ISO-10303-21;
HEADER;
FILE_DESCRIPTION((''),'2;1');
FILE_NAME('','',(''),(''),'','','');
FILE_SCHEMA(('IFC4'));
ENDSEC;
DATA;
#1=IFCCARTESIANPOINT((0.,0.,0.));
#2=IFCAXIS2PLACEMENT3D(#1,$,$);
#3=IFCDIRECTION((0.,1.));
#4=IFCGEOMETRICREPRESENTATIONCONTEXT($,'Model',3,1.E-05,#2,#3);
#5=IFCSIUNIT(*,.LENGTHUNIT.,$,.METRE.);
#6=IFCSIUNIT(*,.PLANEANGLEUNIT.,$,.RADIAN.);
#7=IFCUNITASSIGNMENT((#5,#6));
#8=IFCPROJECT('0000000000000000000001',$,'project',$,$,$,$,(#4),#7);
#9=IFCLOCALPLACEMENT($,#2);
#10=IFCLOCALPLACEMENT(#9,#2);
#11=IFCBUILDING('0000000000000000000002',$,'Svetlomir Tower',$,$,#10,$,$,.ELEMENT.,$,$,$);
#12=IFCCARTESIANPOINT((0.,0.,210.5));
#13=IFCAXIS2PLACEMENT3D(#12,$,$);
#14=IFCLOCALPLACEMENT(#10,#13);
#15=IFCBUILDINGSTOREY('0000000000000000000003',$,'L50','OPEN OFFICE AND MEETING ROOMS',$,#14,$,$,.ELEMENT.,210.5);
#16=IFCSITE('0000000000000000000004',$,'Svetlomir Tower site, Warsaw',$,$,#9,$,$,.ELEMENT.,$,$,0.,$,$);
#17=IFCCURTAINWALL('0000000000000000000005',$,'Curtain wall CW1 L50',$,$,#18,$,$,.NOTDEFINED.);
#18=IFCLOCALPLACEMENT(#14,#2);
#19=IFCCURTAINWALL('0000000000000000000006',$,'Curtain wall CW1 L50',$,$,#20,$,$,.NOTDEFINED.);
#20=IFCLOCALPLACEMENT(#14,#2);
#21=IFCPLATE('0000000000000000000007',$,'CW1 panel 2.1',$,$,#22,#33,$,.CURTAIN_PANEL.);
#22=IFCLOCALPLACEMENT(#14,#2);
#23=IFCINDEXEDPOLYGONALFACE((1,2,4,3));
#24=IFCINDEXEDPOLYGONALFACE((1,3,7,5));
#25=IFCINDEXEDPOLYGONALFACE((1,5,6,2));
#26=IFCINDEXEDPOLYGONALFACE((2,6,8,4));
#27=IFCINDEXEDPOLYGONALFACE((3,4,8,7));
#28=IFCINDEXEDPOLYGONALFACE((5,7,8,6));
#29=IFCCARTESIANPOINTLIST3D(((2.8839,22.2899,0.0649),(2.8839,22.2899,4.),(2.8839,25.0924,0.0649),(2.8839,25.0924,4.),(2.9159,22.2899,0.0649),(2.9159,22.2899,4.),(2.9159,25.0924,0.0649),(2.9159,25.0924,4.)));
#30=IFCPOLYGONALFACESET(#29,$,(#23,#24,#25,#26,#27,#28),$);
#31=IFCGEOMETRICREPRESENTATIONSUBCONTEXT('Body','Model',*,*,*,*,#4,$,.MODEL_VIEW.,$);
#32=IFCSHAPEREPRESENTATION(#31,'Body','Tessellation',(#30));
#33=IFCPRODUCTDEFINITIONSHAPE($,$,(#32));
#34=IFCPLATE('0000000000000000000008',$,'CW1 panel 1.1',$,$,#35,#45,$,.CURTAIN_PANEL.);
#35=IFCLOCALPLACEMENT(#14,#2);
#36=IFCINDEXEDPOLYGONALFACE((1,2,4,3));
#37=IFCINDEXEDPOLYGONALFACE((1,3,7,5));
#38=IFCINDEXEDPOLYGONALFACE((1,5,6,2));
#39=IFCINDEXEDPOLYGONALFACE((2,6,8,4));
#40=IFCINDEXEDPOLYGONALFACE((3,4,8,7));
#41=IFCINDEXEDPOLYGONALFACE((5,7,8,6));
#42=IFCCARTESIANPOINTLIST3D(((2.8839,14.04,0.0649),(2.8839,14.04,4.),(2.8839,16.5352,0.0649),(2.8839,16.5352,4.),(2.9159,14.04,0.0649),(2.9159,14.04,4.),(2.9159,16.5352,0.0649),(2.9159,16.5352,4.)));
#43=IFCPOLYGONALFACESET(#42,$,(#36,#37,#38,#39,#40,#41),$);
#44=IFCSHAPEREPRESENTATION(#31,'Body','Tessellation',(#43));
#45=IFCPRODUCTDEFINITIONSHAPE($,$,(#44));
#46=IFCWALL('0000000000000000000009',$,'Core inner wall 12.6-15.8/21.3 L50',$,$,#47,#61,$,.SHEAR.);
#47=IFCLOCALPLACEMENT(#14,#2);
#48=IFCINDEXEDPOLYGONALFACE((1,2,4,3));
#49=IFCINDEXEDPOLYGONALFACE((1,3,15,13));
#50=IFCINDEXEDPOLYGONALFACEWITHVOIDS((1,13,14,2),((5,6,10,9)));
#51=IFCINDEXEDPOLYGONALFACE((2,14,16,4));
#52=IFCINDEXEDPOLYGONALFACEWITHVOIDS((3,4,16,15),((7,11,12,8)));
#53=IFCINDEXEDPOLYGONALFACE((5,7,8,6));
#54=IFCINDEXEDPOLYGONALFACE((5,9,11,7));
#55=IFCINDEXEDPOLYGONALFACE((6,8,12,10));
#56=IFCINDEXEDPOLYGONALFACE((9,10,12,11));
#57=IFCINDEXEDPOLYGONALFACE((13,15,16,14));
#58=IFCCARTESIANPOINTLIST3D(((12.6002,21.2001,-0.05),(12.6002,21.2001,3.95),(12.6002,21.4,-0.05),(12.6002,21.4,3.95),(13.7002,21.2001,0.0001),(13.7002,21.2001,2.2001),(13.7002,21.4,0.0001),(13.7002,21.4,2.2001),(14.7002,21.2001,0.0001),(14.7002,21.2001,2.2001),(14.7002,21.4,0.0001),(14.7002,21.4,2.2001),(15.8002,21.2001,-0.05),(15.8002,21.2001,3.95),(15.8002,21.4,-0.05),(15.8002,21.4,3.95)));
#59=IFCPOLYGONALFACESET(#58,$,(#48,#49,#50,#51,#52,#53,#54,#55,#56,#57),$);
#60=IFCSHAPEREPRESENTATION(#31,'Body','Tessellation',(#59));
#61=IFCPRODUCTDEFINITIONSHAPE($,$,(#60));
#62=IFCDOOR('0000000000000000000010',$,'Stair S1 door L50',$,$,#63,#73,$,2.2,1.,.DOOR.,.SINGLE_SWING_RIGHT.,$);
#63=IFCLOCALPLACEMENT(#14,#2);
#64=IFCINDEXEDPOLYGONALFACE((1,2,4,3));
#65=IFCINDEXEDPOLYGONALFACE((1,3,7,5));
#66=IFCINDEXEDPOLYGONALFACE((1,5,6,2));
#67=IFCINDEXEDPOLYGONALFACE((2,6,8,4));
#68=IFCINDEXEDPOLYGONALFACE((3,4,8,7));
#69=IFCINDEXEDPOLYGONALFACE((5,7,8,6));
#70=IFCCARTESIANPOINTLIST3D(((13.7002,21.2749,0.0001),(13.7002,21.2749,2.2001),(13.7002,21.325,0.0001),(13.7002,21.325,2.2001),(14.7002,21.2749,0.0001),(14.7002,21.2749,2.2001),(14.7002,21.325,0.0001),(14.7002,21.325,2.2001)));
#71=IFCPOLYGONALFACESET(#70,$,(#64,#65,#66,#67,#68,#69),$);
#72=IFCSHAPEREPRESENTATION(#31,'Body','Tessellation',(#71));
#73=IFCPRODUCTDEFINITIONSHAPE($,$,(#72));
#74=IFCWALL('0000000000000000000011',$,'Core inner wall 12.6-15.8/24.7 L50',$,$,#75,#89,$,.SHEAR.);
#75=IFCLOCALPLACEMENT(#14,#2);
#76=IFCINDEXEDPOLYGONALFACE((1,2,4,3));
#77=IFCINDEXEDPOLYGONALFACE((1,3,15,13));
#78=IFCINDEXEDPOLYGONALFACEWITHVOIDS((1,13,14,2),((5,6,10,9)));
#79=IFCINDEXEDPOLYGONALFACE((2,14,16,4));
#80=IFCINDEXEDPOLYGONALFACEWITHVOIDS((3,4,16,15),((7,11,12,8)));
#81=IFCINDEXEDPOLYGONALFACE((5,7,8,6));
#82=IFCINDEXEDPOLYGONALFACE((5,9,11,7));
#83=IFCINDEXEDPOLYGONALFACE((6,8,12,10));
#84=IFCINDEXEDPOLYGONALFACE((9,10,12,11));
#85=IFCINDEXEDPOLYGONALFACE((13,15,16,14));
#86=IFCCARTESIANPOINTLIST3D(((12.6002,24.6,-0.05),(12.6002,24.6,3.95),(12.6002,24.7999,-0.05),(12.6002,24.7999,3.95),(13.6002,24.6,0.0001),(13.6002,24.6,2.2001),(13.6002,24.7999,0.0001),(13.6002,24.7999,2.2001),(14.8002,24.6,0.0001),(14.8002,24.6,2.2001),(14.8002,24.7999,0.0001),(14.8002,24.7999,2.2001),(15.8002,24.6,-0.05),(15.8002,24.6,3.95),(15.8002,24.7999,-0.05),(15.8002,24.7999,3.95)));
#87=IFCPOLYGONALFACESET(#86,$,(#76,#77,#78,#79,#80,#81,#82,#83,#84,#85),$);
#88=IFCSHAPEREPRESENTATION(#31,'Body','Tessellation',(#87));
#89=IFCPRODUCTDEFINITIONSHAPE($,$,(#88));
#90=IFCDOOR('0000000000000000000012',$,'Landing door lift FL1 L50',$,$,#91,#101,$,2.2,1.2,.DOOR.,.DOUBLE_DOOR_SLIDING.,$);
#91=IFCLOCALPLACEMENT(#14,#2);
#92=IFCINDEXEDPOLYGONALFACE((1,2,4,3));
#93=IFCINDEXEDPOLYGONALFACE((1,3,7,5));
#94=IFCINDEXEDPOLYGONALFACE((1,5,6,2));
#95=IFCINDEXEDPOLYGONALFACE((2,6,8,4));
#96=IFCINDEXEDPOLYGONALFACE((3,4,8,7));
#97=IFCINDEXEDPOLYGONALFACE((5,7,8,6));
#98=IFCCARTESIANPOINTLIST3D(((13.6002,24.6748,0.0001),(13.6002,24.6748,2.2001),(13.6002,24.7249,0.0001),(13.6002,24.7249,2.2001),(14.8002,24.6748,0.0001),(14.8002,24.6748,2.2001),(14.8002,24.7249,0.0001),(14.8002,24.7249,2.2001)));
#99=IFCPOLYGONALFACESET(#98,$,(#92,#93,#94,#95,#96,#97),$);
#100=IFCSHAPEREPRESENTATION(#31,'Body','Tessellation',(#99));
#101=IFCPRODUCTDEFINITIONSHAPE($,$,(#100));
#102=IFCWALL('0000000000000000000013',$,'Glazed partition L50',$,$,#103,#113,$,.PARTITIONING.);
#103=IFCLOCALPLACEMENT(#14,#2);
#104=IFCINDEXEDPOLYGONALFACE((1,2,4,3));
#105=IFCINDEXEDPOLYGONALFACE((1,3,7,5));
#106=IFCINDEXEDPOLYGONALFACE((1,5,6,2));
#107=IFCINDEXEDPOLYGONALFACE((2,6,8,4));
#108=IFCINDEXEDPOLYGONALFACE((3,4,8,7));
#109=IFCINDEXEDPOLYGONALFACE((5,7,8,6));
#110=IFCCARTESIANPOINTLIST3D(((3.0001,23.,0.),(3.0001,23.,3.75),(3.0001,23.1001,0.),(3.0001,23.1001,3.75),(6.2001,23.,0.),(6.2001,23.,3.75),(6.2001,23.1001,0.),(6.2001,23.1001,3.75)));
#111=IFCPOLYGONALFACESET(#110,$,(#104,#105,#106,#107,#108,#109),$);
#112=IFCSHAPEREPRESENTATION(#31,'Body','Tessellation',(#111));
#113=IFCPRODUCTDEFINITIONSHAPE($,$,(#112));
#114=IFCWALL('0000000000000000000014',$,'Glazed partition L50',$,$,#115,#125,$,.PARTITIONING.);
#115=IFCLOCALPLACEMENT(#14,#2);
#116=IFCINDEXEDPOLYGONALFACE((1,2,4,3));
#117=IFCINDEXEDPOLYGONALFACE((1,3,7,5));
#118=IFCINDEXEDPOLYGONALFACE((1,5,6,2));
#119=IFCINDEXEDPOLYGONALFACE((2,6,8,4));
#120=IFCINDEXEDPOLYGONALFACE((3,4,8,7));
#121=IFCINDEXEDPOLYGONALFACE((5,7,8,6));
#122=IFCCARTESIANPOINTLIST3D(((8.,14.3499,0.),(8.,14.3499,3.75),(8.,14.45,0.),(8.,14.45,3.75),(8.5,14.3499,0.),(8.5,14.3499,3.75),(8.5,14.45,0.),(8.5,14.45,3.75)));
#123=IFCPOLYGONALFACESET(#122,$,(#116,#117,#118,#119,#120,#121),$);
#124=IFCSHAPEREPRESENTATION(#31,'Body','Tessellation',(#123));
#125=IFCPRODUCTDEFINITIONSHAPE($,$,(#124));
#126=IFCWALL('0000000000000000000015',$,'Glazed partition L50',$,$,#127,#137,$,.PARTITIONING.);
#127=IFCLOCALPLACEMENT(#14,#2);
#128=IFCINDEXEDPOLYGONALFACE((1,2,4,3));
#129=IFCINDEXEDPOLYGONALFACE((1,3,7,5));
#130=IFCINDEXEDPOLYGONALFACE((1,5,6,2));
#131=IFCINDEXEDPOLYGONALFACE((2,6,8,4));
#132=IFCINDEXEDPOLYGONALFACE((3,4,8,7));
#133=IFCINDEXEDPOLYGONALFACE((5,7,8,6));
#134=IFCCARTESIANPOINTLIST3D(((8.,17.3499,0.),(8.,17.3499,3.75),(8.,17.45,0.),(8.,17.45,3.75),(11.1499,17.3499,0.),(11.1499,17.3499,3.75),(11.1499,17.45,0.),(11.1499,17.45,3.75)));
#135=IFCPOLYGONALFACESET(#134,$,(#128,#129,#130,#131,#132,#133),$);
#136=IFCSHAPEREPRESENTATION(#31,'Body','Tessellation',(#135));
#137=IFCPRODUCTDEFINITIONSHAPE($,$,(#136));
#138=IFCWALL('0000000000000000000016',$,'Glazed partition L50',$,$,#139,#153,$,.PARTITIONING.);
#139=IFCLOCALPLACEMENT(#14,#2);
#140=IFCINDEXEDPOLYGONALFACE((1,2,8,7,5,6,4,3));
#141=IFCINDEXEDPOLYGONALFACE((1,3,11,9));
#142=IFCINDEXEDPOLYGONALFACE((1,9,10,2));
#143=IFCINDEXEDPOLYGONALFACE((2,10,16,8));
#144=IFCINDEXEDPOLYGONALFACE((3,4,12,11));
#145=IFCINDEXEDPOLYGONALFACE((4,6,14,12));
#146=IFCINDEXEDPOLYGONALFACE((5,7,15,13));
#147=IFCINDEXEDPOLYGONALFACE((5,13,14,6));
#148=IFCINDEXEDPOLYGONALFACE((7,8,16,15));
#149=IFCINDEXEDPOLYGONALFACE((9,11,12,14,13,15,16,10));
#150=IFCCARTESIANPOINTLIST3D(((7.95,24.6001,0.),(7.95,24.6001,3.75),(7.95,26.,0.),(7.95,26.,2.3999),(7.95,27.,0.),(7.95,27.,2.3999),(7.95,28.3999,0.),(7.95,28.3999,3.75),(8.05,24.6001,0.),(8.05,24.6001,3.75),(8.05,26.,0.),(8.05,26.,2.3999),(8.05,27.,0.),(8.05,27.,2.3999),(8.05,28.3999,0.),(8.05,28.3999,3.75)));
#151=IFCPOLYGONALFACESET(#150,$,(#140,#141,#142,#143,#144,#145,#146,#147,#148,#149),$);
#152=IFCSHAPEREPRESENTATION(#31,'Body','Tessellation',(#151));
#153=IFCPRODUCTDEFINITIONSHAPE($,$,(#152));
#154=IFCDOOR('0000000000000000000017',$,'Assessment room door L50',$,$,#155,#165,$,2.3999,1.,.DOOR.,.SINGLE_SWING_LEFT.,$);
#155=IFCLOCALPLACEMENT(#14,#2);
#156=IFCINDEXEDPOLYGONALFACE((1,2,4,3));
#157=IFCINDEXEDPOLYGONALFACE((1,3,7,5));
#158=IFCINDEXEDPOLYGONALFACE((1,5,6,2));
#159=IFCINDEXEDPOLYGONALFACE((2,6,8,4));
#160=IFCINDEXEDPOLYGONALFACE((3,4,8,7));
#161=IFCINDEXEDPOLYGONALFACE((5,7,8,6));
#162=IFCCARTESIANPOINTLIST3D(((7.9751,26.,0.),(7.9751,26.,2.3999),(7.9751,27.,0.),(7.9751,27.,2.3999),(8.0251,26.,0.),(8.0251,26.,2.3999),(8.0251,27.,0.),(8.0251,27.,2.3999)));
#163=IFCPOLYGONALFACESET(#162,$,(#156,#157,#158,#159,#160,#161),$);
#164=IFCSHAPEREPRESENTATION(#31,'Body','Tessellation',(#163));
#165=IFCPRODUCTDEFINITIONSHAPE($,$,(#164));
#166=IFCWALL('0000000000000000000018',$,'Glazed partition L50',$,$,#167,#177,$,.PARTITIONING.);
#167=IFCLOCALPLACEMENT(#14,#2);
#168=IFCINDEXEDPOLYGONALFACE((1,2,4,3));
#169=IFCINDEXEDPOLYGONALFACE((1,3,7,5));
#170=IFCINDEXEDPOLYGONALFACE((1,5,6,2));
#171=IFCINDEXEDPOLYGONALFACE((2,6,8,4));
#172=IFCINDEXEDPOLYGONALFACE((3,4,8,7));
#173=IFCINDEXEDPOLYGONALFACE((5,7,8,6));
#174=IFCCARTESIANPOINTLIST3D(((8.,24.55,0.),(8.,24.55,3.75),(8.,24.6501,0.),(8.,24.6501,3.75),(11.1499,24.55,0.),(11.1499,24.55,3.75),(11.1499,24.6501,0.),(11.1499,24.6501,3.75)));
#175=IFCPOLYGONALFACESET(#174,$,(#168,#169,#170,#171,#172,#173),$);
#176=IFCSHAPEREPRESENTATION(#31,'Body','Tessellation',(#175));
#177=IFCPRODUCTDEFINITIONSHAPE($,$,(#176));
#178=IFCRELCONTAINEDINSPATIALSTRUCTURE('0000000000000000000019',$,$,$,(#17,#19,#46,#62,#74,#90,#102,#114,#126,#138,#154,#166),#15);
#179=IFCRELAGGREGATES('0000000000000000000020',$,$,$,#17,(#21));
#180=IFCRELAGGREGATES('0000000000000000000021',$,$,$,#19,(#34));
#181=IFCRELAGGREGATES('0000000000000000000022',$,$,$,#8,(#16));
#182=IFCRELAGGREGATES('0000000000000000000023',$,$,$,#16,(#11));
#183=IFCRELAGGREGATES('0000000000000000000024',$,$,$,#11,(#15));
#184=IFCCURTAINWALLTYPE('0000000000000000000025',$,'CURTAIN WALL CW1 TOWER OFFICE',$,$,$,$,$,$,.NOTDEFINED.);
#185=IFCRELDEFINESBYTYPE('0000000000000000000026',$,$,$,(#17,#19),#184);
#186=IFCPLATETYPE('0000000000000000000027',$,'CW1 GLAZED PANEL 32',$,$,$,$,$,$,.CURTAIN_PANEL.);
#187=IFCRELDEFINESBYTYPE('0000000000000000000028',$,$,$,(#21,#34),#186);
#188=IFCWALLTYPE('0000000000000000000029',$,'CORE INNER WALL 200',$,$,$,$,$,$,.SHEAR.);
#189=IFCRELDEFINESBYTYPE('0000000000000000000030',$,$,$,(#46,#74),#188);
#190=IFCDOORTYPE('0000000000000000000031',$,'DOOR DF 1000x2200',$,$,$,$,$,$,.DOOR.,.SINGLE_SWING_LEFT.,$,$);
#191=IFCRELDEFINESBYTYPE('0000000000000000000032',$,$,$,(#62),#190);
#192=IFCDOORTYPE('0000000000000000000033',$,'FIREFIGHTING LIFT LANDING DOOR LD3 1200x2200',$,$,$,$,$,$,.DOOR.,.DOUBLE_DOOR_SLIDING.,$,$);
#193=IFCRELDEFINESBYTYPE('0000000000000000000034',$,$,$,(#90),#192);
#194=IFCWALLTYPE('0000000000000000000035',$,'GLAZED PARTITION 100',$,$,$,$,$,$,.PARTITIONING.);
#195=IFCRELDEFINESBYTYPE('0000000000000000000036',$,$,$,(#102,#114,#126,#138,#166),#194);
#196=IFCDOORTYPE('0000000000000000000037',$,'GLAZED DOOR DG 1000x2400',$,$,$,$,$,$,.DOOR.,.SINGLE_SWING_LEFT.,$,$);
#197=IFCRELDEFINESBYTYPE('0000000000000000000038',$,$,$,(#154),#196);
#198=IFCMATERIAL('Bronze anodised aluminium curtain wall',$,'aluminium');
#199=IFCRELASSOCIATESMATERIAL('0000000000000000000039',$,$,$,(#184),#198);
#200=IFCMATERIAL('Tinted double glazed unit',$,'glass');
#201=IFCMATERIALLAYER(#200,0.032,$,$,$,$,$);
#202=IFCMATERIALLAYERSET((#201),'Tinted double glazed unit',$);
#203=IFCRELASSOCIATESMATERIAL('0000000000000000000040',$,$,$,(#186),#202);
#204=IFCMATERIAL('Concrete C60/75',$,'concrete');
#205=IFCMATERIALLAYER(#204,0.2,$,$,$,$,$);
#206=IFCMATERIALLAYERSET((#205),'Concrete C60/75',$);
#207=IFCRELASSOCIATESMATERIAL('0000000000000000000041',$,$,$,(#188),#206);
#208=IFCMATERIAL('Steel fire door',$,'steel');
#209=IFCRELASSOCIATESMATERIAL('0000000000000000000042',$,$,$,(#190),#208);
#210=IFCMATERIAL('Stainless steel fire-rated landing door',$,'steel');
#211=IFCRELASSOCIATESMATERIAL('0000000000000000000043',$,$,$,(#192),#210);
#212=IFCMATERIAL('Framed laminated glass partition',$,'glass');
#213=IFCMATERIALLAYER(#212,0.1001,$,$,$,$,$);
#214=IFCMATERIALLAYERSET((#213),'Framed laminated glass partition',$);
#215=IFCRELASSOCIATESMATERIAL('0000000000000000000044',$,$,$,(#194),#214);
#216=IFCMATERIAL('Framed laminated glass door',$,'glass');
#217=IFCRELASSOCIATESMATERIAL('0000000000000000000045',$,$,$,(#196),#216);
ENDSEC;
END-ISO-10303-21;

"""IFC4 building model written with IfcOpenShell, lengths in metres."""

from ifc_helpers import new_model, si_unit, direction, frame, frame_2d, origin, origin_2d, place, context, subcontext, project, spatial, rectangle, extrude, material, layer, layer_set, type_object, element, fill, aggregate, save


model = new_model("IFC4")

# Units and contexts
model_context = context("Model", 3, precision=1e-05, world=origin(), true_north=direction((0.0, 1.0)))
body_context = subcontext(model_context, "Body", "Model", "MODEL_VIEW")
ifc_project = project(units=[si_unit("LENGTHUNIT", "METRE"), si_unit("PLANEANGLEUNIT", "RADIAN")], contexts=[model_context])

# Site, building, storey
site_placement = place(None, origin())
site = spatial("IfcSite", under=ifc_project, at=site_placement, Name="Svetlomir Tower site, Warsaw", CompositionType="ELEMENT", RefElevation=0.0)
building_placement = place(site_placement, origin())
building = spatial("IfcBuilding", under=site, at=building_placement, Name="Svetlomir Tower", CompositionType="ELEMENT")
storey_placement = place(building_placement, frame((0.0, 0.0, 210.5)))
storey = spatial("IfcBuildingStorey", under=building, at=storey_placement, Name="L50", Description="OPEN OFFICE AND MEETING ROOMS", CompositionType="ELEMENT", Elevation=210.5)

# Curtain walls
ifc_material_1 = material(Name="Bronze anodised aluminium curtain wall", Category="aluminium")
curtain_wall_type = type_object("IfcCurtainWallType", Name="CURTAIN WALL CW1 TOWER OFFICE", PredefinedType="NOTDEFINED", material=ifc_material_1)
curtain_wall_1_placement = place(storey_placement, origin())
curtain_wall_1 = element("IfcCurtainWall", 1, at=curtain_wall_1_placement, inside=storey, type_object=curtain_wall_type, Name="Curtain wall CW1 L50", PredefinedType="NOTDEFINED")
curtain_wall_2_placement = place(storey_placement, origin())
curtain_wall_2 = element("IfcCurtainWall", 2, at=curtain_wall_2_placement, inside=storey, type_object=curtain_wall_type, Name="Curtain wall CW1 L50", PredefinedType="NOTDEFINED")

# Plates
ifc_material_2 = material(Name="Tinted double glazed unit", Category="glass")
ifc_layer_1 = layer(ifc_material_2, 0.032)
ifc_layer_set_1 = layer_set([ifc_layer_1], Name="Tinted double glazed unit")
plate_type = type_object("IfcPlateType", Name="CW1 GLAZED PANEL 32", PredefinedType="CURTAIN_PANEL", material=ifc_layer_set_1)
plate_1_placement = place(storey_placement, frame((2.8999, 23.6912, 0.0649), z_axis=(0.0, 0.0, 1.0), x_axis=(0.0, -1.0, 0.0)))
plate_1 = element("IfcPlate", 3, at=plate_1_placement, type_object=plate_type, Name="CW1 panel 2.1", PredefinedType="CURTAIN_PANEL", context=body_context, shape_type="SweptSolid", body=[
    extrude(rectangle(XDim=2.8025, YDim=0.032, at=origin_2d()), origin(), (0.0, 0.0, 1.0), 3.9351),
])
aggregate(curtain_wall_1, [plate_1])
plate_2_placement = place(storey_placement, frame((2.8999, 15.2876, 0.0649), z_axis=(0.0, 0.0, 1.0), x_axis=(0.0, -1.0, 0.0)))
plate_2 = element("IfcPlate", 4, at=plate_2_placement, type_object=plate_type, Name="CW1 panel 1.1", PredefinedType="CURTAIN_PANEL", context=body_context, shape_type="SweptSolid", body=[
    extrude(rectangle(XDim=2.4951, YDim=0.032, at=origin_2d()), origin(), (0.0, 0.0, 1.0), 3.9351),
])
aggregate(curtain_wall_2, [plate_2])

# Walls, openings, doors
ifc_material_3 = material(Name="Concrete C60/75", Category="concrete")
ifc_layer_2 = layer(ifc_material_3, 0.2)
ifc_layer_set_2 = layer_set([ifc_layer_2], Name="Concrete C60/75")
wall_type_1 = type_object("IfcWallType", Name="CORE INNER WALL 200", PredefinedType="SHEAR", material=ifc_layer_set_2)
wall_1_placement = place(storey_placement, frame((12.6001, 21.3, -0.05), z_axis=(0.0, 0.0, 1.0), x_axis=(1.0, 0.0, 0.0)))
wall_1 = element("IfcWall", 5, at=wall_1_placement, inside=storey, type_object=wall_type_1, Name="Core inner wall 12.6-15.8/21.3 L50", PredefinedType="SHEAR", context=body_context, shape_type="SweptSolid", body=[
    extrude(rectangle(XDim=3.2, YDim=0.2, at=frame_2d((1.6001, 0.0))), origin(), (0.0, 0.0, 1.0), 4.0),
])
opening_1_placement = place(wall_1_placement, frame((1.1001, 0.0, 0.05)))
opening_1 = element("IfcOpeningElement", 6, at=opening_1_placement, cuts=wall_1, PredefinedType="OPENING", context=body_context, shape_type="SweptSolid", body=[
    extrude(rectangle(XDim=1.0, YDim=2.2, at=frame_2d((0.5, 1.1001))), frame((0.0, 0.1099, 0.0), z_axis=(0.0, -1.0, 0.0), x_axis=(1.0, 0.0, 0.0)), (0.0, 0.0, 1.0), 0.22),
])
ifc_material_4 = material(Name="Steel fire door", Category="steel")
door_type_1 = type_object("IfcDoorType", Name="DOOR DF 1000x2200", OperationType="SINGLE_SWING_LEFT", PredefinedType="DOOR", material=ifc_material_4)
door_1_placement = place(opening_1_placement, origin())
door_1 = element("IfcDoor", 7, at=door_1_placement, inside=storey, type_object=door_type_1, Name="Stair S1 door L50", OperationType="SINGLE_SWING_RIGHT", OverallHeight=2.2, OverallWidth=1.0, PredefinedType="DOOR", context=body_context, shape_type="SweptSolid", body=[
    extrude(rectangle(XDim=1.0, YDim=2.2, at=frame_2d((0.5, 1.1001))), frame((0.0, 0.0249, 0.0), z_axis=(0.0, -1.0, 0.0), x_axis=(1.0, 0.0, 0.0)), (0.0, 0.0, 1.0), 0.05),
])
fill(opening_1, door_1)
wall_2_placement = place(storey_placement, frame((12.6001, 24.7, -0.05), z_axis=(0.0, 0.0, 1.0), x_axis=(1.0, 0.0, 0.0)))
wall_2 = element("IfcWall", 8, at=wall_2_placement, inside=storey, type_object=wall_type_1, Name="Core inner wall 12.6-15.8/24.7 L50", PredefinedType="SHEAR", context=body_context, shape_type="SweptSolid", body=[
    extrude(rectangle(XDim=3.2, YDim=0.2, at=frame_2d((1.6001, 0.0))), origin(), (0.0, 0.0, 1.0), 4.0),
])
opening_2_placement = place(wall_2_placement, frame((1.0, 0.0, 0.05)))
opening_2 = element("IfcOpeningElement", 9, at=opening_2_placement, cuts=wall_2, PredefinedType="OPENING", context=body_context, shape_type="SweptSolid", body=[
    extrude(rectangle(XDim=1.2, YDim=2.2, at=frame_2d((0.6001, 1.1001))), frame((0.0, 0.1099, 0.0), z_axis=(0.0, -1.0, 0.0), x_axis=(1.0, 0.0, 0.0)), (0.0, 0.0, 1.0), 0.22),
])
ifc_material_5 = material(Name="Stainless steel fire-rated landing door", Category="steel")
door_type_2 = type_object("IfcDoorType", Name="FIREFIGHTING LIFT LANDING DOOR LD3 1200x2200", OperationType="DOUBLE_DOOR_SLIDING", PredefinedType="DOOR", material=ifc_material_5)
door_2_placement = place(opening_2_placement, origin())
door_2 = element("IfcDoor", 10, at=door_2_placement, inside=storey, type_object=door_type_2, Name="Landing door lift FL1 L50", OperationType="DOUBLE_DOOR_SLIDING", OverallHeight=2.2, OverallWidth=1.2, PredefinedType="DOOR", context=body_context, shape_type="SweptSolid", body=[
    extrude(rectangle(XDim=1.2, YDim=2.2, at=frame_2d((0.6001, 1.1001))), frame((0.0, 0.0249, 0.0), z_axis=(0.0, -1.0, 0.0), x_axis=(1.0, 0.0, 0.0)), (0.0, 0.0, 1.0), 0.05),
])
fill(opening_2, door_2)

# Walls
ifc_material_6 = material(Name="Framed laminated glass partition", Category="glass")
ifc_layer_3 = layer(ifc_material_6, 0.1001)
ifc_layer_set_3 = layer_set([ifc_layer_3], Name="Framed laminated glass partition")
wall_type_2 = type_object("IfcWallType", Name="GLAZED PARTITION 100", PredefinedType="PARTITIONING", material=ifc_layer_set_3)
wall_3_placement = place(storey_placement, frame((3.0, 23.05, 0.0), z_axis=(0.0, 0.0, 1.0), x_axis=(1.0, 0.0, 0.0)))
element("IfcWall", 11, at=wall_3_placement, inside=storey, type_object=wall_type_2, Name="Glazed partition L50", PredefinedType="PARTITIONING", context=body_context, shape_type="SweptSolid", body=[
    extrude(rectangle(XDim=3.2, YDim=0.1001, at=frame_2d((1.6001, 0.0))), origin(), (0.0, 0.0, 1.0), 3.75),
])
wall_4_placement = place(storey_placement, frame((8.0, 14.3999, 0.0), z_axis=(0.0, 0.0, 1.0), x_axis=(1.0, 0.0, 0.0)))
element("IfcWall", 12, at=wall_4_placement, inside=storey, type_object=wall_type_2, Name="Glazed partition L50", PredefinedType="PARTITIONING", context=body_context, shape_type="SweptSolid", body=[
    extrude(rectangle(XDim=0.5, YDim=0.1001, at=frame_2d((0.25, 0.0))), origin(), (0.0, 0.0, 1.0), 3.75),
])
wall_5_placement = place(storey_placement, frame((8.0, 17.3999, 0.0), z_axis=(0.0, 0.0, 1.0), x_axis=(1.0, 0.0, 0.0)))
element("IfcWall", 13, at=wall_5_placement, inside=storey, type_object=wall_type_2, Name="Glazed partition L50", PredefinedType="PARTITIONING", context=body_context, shape_type="SweptSolid", body=[
    extrude(rectangle(XDim=3.1499, YDim=0.1001, at=frame_2d((1.575, 0.0))), origin(), (0.0, 0.0, 1.0), 3.75),
])

# Wall, opening, door
wall_6_placement = place(storey_placement, frame((8.0, 24.6001, 0.0), z_axis=(0.0, 0.0, 1.0), x_axis=(0.0, 1.0, 0.0)))
wall_6 = element("IfcWall", 14, at=wall_6_placement, inside=storey, type_object=wall_type_2, Name="Glazed partition L50", PredefinedType="PARTITIONING", context=body_context, shape_type="SweptSolid", body=[
    extrude(rectangle(XDim=3.7998, YDim=0.1001, at=frame_2d((1.8999, 0.0))), origin(), (0.0, 0.0, 1.0), 3.75),
])
opening_3_placement = place(wall_6_placement, frame((1.3999, 0.0, 0.0)))
opening_3 = element("IfcOpeningElement", 15, at=opening_3_placement, cuts=wall_6, PredefinedType="OPENING", context=body_context, shape_type="SweptSolid", body=[
    extrude(rectangle(XDim=1.0, YDim=2.3999, at=frame_2d((0.5, 1.2))), frame((0.0, 0.0601, 0.0), z_axis=(0.0, -1.0, 0.0), x_axis=(1.0, 0.0, 0.0)), (0.0, 0.0, 1.0), 0.1201),
])
ifc_material_7 = material(Name="Framed laminated glass door", Category="glass")
door_type_3 = type_object("IfcDoorType", Name="GLAZED DOOR DG 1000x2400", OperationType="SINGLE_SWING_LEFT", PredefinedType="DOOR", material=ifc_material_7)
door_3_placement = place(opening_3_placement, origin())
door_3 = element("IfcDoor", 16, at=door_3_placement, inside=storey, type_object=door_type_3, Name="Assessment room door L50", OperationType="SINGLE_SWING_LEFT", OverallHeight=2.3999, OverallWidth=1.0, PredefinedType="DOOR", context=body_context, shape_type="SweptSolid", body=[
    extrude(rectangle(XDim=1.0, YDim=2.3999, at=frame_2d((0.5, 1.2))), frame((0.0, 0.0249, 0.0), z_axis=(0.0, -1.0, 0.0), x_axis=(1.0, 0.0, 0.0)), (0.0, 0.0, 1.0), 0.05),
])
fill(opening_3, door_3)

# Wall
wall_7_placement = place(storey_placement, frame((8.0, 24.6001, 0.0), z_axis=(0.0, 0.0, 1.0), x_axis=(1.0, 0.0, 0.0)))
element("IfcWall", 17, at=wall_7_placement, inside=storey, type_object=wall_type_2, Name="Glazed partition L50", PredefinedType="PARTITIONING", context=body_context, shape_type="SweptSolid", body=[
    extrude(rectangle(XDim=3.1499, YDim=0.1001, at=frame_2d((1.575, 0.0))), origin(), (0.0, 0.0, 1.0), 3.75),
])

save(model, "model.ifc")
